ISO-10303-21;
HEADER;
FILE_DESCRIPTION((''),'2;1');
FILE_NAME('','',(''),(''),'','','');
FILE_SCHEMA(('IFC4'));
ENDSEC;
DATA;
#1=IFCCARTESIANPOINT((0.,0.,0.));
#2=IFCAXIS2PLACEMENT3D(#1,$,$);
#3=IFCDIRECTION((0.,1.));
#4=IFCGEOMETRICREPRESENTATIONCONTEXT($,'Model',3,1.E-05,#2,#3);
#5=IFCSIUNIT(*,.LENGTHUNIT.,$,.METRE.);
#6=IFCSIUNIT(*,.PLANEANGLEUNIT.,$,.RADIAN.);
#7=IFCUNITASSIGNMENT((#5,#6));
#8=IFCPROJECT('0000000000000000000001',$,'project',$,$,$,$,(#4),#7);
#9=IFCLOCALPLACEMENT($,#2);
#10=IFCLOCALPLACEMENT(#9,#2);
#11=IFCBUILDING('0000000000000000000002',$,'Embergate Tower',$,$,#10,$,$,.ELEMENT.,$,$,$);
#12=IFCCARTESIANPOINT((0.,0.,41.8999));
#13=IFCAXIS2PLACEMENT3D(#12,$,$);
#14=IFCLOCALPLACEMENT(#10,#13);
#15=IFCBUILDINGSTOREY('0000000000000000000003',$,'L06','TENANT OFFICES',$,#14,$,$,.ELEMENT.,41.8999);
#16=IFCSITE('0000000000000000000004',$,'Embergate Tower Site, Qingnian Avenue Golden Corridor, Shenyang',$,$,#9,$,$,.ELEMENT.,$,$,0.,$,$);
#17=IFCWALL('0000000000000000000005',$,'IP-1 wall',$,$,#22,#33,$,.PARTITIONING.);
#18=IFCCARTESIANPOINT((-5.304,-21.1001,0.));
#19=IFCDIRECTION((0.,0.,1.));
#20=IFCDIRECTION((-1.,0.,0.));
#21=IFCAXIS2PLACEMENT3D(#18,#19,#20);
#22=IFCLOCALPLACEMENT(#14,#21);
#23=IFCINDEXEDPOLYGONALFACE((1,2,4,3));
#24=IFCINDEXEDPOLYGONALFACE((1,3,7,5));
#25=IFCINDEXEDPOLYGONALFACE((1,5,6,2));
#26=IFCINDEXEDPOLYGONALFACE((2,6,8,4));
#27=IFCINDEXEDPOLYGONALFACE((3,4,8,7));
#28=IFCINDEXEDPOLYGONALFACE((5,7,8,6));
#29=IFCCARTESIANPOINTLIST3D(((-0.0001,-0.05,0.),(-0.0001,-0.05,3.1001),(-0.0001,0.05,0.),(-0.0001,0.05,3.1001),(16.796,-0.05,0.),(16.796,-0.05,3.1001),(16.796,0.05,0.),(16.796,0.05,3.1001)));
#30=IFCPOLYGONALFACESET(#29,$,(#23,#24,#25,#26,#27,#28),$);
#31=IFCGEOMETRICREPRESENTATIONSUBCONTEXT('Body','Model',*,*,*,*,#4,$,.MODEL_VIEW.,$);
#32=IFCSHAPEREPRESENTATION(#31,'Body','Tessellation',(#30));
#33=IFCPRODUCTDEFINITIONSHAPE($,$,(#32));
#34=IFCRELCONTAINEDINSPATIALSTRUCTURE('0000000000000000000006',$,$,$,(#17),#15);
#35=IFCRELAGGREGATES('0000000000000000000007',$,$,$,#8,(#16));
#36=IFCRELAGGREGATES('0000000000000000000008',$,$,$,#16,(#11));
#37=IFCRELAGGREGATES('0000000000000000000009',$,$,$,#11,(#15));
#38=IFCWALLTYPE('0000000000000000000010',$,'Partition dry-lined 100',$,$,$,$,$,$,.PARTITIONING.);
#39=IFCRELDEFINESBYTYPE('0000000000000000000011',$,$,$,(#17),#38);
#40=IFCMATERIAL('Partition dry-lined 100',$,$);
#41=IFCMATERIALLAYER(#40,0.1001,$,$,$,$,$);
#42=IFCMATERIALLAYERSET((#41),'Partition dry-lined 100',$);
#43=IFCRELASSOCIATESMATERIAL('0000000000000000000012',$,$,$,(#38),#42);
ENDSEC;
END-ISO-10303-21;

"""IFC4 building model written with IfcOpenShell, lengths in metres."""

from ifc_helpers import new_model, si_unit, direction, frame, frame_2d, origin, place, context, subcontext, project, spatial, rectangle, extrude, source, transform, mapped, material, layer, layer_set, type_object, element, save


model = new_model("IFC4")

# Units and contexts
model_context = context("Model", 3, precision=1e-05, world=origin(), true_north=direction((0.0, 1.0)))
body_context = subcontext(model_context, "Body", "Model", "MODEL_VIEW")
ifc_project = project(units=[si_unit("LENGTHUNIT", "METRE"), si_unit("PLANEANGLEUNIT", "RADIAN")], contexts=[model_context])

# Site, building, storey
site_placement = place(None, origin())
site = spatial("IfcSite", under=ifc_project, at=site_placement, Name="Embergate Tower Site, Qingnian Avenue Golden Corridor, Shenyang", CompositionType="ELEMENT", RefElevation=0.0)
building_placement = place(site_placement, origin())
building = spatial("IfcBuilding", under=site, at=building_placement, Name="Embergate Tower", CompositionType="ELEMENT")
storey_placement = place(building_placement, frame((0.0, 0.0, 41.8999)))
storey = spatial("IfcBuildingStorey", under=building, at=storey_placement, Name="L06", Description="TENANT OFFICES", CompositionType="ELEMENT", Elevation=41.8999)

# Wall
ifc_material_1 = material(Name="Partition dry-lined 100")
ifc_layer_1 = layer(ifc_material_1, 0.1001)
ifc_layer_set_1 = layer_set([ifc_layer_1], Name="Partition dry-lined 100")
wall_type_1 = type_object("IfcWallType", Name="Partition dry-lined 100", PredefinedType="PARTITIONING", material=ifc_layer_set_1)
shared_shape_1 = source(origin(), body_context, "Body", "SweptSolid", [
    extrude(rectangle(XDim=16.7961, YDim=0.1001, at=frame_2d((8.3979, 0.0))), origin(), (0.0, 0.0, 1.0), 3.1001),
])
wall_1_placement = place(storey_placement, frame((-5.304, -21.1001, 0.0), z_axis=(0.0, 0.0, 1.0), x_axis=(-1.0, 0.0, 0.0)))
element("IfcWall", 1, at=wall_1_placement, inside=storey, type_object=wall_type_1, Name="IP-1 wall", PredefinedType="PARTITIONING", context=body_context, shape_type="MappedRepresentation", body=[
    mapped(shared_shape_1, transform((0.0, 0.0, 0.0))),
])

save(model, "model.ifc")
